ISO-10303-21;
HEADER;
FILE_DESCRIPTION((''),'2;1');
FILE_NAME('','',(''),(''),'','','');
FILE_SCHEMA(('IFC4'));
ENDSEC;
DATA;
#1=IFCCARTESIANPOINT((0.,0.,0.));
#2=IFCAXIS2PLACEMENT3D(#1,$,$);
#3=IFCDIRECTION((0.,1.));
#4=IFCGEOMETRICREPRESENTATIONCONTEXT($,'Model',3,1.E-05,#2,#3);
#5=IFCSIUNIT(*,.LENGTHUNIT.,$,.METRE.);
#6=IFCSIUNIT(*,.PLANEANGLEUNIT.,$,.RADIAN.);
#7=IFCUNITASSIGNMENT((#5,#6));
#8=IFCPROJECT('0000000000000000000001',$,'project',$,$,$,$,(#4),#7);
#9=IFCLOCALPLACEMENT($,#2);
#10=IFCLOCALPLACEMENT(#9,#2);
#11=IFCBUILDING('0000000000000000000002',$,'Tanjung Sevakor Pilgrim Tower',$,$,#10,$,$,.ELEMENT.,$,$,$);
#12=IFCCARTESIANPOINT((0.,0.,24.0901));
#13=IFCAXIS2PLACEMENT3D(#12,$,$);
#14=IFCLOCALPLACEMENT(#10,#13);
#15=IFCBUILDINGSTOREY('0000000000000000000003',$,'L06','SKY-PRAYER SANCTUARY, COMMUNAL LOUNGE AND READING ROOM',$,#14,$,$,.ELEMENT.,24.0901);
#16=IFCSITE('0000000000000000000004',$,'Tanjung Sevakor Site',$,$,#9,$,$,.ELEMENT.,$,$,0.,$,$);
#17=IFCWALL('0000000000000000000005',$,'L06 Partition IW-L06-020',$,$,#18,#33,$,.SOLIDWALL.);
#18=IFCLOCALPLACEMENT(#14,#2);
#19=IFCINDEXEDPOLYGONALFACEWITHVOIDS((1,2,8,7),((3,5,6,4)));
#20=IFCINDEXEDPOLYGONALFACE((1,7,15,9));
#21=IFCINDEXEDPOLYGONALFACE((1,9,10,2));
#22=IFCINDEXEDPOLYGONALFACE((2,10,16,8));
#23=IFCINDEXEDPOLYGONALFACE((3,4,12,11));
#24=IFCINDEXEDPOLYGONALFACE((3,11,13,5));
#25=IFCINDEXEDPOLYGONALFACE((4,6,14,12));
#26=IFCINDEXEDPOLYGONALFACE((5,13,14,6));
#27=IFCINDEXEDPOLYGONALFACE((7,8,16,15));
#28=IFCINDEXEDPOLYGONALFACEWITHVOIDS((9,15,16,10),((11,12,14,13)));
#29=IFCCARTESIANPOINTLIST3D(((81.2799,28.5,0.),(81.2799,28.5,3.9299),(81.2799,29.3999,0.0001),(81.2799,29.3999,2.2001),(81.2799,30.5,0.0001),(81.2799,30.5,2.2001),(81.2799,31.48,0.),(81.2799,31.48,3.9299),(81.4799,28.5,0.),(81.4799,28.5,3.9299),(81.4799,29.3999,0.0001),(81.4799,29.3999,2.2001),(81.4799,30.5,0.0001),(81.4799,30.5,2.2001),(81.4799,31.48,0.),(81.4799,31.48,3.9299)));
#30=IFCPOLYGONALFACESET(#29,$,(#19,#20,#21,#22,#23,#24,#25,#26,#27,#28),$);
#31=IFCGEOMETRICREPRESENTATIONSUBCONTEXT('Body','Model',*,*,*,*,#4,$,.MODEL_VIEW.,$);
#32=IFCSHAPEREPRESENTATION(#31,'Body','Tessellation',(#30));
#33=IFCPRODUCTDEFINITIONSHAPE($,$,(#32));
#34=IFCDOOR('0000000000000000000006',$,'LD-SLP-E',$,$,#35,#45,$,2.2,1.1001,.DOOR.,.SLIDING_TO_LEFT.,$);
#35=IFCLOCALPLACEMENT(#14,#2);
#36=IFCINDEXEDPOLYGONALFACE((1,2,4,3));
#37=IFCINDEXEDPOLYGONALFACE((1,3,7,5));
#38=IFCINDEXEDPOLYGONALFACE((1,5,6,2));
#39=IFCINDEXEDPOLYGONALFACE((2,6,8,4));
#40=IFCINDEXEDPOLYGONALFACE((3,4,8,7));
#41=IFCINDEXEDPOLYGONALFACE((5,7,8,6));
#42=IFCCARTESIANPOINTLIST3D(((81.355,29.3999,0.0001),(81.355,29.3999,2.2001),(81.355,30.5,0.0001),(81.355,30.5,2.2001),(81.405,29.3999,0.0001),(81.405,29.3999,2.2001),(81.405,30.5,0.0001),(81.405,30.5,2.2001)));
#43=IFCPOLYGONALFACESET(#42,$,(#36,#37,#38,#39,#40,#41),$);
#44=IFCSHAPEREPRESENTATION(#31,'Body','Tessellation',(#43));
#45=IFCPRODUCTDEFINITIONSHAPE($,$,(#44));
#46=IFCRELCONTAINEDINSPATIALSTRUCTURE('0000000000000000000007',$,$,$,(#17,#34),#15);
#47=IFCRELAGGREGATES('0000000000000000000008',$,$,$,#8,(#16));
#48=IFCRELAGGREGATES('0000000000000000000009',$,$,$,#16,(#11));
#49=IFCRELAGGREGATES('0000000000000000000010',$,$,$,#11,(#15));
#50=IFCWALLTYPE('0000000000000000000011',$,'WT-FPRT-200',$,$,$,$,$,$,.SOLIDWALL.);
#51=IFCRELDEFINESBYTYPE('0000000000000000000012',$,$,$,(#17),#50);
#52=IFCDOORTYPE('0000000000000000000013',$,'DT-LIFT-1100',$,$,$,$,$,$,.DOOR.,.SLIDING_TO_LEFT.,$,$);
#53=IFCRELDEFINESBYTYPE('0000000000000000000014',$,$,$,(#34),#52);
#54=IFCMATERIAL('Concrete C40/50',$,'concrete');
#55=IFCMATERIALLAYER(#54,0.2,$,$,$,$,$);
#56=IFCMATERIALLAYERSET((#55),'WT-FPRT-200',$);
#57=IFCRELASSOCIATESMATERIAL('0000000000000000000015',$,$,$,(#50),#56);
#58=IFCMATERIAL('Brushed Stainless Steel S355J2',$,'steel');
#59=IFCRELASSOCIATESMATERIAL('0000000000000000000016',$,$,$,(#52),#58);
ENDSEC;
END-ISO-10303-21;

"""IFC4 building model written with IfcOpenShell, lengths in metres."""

from ifc_helpers import new_model, si_unit, direction, frame, frame_2d, origin, place, context, subcontext, project, spatial, rectangle, extrude, material, layer, layer_set, type_object, element, fill, save


model = new_model("IFC4")

# Units and contexts
model_context = context("Model", 3, precision=1e-05, world=origin(), true_north=direction((0.0, 1.0)))
body_context = subcontext(model_context, "Body", "Model", "MODEL_VIEW")
ifc_project = project(units=[si_unit("LENGTHUNIT", "METRE"), si_unit("PLANEANGLEUNIT", "RADIAN")], contexts=[model_context])

# Site, building, storey
site_placement = place(None, origin())
site = spatial("IfcSite", under=ifc_project, at=site_placement, Name="Tanjung Sevakor Site", CompositionType="ELEMENT", RefElevation=0.0)
building_placement = place(site_placement, origin())
building = spatial("IfcBuilding", under=site, at=building_placement, Name="Tanjung Sevakor Pilgrim Tower", CompositionType="ELEMENT")
storey_placement = place(building_placement, frame((0.0, 0.0, 24.0901)))
storey = spatial("IfcBuildingStorey", under=building, at=storey_placement, Name="L06", Description="SKY-PRAYER SANCTUARY, COMMUNAL LOUNGE AND READING ROOM", CompositionType="ELEMENT", Elevation=24.0901)

# Shared definitions
ifc_material_1 = material(Name="Concrete C40/50", Category="concrete")
ifc_layer_1 = layer(ifc_material_1, 0.2)
ifc_layer_set_1 = layer_set([ifc_layer_1], Name="WT-FPRT-200")
wall_type_1 = type_object("IfcWallType", Name="WT-FPRT-200", PredefinedType="SOLIDWALL", material=ifc_layer_set_1)
ifc_material_2 = material(Name="Brushed Stainless Steel S355J2", Category="steel")
door_type_1 = type_object("IfcDoorType", Name="DT-LIFT-1100", OperationType="SLIDING_TO_LEFT", PredefinedType="DOOR", material=ifc_material_2)

# Wall, opening, door
wall_1_placement = place(storey_placement, frame((81.3799, 28.5, 0.0), z_axis=(0.0, 0.0, 1.0), x_axis=(0.0, 1.0, 0.0)))
wall_1 = element("IfcWall", 1, at=wall_1_placement, inside=storey, type_object=wall_type_1, Name="L06 Partition IW-L06-020", PredefinedType="SOLIDWALL", context=body_context, shape_type="SweptSolid", body=[
    extrude(rectangle(XDim=2.98, YDim=0.2, at=frame_2d((1.49, 0.0))), origin(), (0.0, 0.0, 1.0), 3.9299),
])
opening_1_placement = place(wall_1_placement, frame((0.8999, 0.0, 0.0)))
opening_1 = element("IfcOpeningElement", 2, at=opening_1_placement, cuts=wall_1, PredefinedType="OPENING", context=body_context, shape_type="SweptSolid", body=[
    extrude(rectangle(XDim=1.1001, YDim=2.2, at=frame_2d((0.55, 1.1001))), frame((0.0, 0.1099, 0.0), z_axis=(0.0, -1.0, 0.0), x_axis=(1.0, 0.0, 0.0)), (0.0, 0.0, 1.0), 0.22),
])
door_1_placement = place(opening_1_placement, origin())
door_1 = element("IfcDoor", 3, at=door_1_placement, inside=storey, type_object=door_type_1, Name="LD-SLP-E", OperationType="SLIDING_TO_LEFT", OverallHeight=2.2, OverallWidth=1.1001, PredefinedType="DOOR", context=body_context, shape_type="SweptSolid", body=[
    extrude(rectangle(XDim=1.1001, YDim=2.2, at=frame_2d((0.55, 1.1001))), frame((0.0, 0.0249, 0.0), z_axis=(0.0, -1.0, 0.0), x_axis=(1.0, 0.0, 0.0)), (0.0, 0.0, 1.0), 0.05),
])
fill(opening_1, door_1)

save(model, "model.ifc")
